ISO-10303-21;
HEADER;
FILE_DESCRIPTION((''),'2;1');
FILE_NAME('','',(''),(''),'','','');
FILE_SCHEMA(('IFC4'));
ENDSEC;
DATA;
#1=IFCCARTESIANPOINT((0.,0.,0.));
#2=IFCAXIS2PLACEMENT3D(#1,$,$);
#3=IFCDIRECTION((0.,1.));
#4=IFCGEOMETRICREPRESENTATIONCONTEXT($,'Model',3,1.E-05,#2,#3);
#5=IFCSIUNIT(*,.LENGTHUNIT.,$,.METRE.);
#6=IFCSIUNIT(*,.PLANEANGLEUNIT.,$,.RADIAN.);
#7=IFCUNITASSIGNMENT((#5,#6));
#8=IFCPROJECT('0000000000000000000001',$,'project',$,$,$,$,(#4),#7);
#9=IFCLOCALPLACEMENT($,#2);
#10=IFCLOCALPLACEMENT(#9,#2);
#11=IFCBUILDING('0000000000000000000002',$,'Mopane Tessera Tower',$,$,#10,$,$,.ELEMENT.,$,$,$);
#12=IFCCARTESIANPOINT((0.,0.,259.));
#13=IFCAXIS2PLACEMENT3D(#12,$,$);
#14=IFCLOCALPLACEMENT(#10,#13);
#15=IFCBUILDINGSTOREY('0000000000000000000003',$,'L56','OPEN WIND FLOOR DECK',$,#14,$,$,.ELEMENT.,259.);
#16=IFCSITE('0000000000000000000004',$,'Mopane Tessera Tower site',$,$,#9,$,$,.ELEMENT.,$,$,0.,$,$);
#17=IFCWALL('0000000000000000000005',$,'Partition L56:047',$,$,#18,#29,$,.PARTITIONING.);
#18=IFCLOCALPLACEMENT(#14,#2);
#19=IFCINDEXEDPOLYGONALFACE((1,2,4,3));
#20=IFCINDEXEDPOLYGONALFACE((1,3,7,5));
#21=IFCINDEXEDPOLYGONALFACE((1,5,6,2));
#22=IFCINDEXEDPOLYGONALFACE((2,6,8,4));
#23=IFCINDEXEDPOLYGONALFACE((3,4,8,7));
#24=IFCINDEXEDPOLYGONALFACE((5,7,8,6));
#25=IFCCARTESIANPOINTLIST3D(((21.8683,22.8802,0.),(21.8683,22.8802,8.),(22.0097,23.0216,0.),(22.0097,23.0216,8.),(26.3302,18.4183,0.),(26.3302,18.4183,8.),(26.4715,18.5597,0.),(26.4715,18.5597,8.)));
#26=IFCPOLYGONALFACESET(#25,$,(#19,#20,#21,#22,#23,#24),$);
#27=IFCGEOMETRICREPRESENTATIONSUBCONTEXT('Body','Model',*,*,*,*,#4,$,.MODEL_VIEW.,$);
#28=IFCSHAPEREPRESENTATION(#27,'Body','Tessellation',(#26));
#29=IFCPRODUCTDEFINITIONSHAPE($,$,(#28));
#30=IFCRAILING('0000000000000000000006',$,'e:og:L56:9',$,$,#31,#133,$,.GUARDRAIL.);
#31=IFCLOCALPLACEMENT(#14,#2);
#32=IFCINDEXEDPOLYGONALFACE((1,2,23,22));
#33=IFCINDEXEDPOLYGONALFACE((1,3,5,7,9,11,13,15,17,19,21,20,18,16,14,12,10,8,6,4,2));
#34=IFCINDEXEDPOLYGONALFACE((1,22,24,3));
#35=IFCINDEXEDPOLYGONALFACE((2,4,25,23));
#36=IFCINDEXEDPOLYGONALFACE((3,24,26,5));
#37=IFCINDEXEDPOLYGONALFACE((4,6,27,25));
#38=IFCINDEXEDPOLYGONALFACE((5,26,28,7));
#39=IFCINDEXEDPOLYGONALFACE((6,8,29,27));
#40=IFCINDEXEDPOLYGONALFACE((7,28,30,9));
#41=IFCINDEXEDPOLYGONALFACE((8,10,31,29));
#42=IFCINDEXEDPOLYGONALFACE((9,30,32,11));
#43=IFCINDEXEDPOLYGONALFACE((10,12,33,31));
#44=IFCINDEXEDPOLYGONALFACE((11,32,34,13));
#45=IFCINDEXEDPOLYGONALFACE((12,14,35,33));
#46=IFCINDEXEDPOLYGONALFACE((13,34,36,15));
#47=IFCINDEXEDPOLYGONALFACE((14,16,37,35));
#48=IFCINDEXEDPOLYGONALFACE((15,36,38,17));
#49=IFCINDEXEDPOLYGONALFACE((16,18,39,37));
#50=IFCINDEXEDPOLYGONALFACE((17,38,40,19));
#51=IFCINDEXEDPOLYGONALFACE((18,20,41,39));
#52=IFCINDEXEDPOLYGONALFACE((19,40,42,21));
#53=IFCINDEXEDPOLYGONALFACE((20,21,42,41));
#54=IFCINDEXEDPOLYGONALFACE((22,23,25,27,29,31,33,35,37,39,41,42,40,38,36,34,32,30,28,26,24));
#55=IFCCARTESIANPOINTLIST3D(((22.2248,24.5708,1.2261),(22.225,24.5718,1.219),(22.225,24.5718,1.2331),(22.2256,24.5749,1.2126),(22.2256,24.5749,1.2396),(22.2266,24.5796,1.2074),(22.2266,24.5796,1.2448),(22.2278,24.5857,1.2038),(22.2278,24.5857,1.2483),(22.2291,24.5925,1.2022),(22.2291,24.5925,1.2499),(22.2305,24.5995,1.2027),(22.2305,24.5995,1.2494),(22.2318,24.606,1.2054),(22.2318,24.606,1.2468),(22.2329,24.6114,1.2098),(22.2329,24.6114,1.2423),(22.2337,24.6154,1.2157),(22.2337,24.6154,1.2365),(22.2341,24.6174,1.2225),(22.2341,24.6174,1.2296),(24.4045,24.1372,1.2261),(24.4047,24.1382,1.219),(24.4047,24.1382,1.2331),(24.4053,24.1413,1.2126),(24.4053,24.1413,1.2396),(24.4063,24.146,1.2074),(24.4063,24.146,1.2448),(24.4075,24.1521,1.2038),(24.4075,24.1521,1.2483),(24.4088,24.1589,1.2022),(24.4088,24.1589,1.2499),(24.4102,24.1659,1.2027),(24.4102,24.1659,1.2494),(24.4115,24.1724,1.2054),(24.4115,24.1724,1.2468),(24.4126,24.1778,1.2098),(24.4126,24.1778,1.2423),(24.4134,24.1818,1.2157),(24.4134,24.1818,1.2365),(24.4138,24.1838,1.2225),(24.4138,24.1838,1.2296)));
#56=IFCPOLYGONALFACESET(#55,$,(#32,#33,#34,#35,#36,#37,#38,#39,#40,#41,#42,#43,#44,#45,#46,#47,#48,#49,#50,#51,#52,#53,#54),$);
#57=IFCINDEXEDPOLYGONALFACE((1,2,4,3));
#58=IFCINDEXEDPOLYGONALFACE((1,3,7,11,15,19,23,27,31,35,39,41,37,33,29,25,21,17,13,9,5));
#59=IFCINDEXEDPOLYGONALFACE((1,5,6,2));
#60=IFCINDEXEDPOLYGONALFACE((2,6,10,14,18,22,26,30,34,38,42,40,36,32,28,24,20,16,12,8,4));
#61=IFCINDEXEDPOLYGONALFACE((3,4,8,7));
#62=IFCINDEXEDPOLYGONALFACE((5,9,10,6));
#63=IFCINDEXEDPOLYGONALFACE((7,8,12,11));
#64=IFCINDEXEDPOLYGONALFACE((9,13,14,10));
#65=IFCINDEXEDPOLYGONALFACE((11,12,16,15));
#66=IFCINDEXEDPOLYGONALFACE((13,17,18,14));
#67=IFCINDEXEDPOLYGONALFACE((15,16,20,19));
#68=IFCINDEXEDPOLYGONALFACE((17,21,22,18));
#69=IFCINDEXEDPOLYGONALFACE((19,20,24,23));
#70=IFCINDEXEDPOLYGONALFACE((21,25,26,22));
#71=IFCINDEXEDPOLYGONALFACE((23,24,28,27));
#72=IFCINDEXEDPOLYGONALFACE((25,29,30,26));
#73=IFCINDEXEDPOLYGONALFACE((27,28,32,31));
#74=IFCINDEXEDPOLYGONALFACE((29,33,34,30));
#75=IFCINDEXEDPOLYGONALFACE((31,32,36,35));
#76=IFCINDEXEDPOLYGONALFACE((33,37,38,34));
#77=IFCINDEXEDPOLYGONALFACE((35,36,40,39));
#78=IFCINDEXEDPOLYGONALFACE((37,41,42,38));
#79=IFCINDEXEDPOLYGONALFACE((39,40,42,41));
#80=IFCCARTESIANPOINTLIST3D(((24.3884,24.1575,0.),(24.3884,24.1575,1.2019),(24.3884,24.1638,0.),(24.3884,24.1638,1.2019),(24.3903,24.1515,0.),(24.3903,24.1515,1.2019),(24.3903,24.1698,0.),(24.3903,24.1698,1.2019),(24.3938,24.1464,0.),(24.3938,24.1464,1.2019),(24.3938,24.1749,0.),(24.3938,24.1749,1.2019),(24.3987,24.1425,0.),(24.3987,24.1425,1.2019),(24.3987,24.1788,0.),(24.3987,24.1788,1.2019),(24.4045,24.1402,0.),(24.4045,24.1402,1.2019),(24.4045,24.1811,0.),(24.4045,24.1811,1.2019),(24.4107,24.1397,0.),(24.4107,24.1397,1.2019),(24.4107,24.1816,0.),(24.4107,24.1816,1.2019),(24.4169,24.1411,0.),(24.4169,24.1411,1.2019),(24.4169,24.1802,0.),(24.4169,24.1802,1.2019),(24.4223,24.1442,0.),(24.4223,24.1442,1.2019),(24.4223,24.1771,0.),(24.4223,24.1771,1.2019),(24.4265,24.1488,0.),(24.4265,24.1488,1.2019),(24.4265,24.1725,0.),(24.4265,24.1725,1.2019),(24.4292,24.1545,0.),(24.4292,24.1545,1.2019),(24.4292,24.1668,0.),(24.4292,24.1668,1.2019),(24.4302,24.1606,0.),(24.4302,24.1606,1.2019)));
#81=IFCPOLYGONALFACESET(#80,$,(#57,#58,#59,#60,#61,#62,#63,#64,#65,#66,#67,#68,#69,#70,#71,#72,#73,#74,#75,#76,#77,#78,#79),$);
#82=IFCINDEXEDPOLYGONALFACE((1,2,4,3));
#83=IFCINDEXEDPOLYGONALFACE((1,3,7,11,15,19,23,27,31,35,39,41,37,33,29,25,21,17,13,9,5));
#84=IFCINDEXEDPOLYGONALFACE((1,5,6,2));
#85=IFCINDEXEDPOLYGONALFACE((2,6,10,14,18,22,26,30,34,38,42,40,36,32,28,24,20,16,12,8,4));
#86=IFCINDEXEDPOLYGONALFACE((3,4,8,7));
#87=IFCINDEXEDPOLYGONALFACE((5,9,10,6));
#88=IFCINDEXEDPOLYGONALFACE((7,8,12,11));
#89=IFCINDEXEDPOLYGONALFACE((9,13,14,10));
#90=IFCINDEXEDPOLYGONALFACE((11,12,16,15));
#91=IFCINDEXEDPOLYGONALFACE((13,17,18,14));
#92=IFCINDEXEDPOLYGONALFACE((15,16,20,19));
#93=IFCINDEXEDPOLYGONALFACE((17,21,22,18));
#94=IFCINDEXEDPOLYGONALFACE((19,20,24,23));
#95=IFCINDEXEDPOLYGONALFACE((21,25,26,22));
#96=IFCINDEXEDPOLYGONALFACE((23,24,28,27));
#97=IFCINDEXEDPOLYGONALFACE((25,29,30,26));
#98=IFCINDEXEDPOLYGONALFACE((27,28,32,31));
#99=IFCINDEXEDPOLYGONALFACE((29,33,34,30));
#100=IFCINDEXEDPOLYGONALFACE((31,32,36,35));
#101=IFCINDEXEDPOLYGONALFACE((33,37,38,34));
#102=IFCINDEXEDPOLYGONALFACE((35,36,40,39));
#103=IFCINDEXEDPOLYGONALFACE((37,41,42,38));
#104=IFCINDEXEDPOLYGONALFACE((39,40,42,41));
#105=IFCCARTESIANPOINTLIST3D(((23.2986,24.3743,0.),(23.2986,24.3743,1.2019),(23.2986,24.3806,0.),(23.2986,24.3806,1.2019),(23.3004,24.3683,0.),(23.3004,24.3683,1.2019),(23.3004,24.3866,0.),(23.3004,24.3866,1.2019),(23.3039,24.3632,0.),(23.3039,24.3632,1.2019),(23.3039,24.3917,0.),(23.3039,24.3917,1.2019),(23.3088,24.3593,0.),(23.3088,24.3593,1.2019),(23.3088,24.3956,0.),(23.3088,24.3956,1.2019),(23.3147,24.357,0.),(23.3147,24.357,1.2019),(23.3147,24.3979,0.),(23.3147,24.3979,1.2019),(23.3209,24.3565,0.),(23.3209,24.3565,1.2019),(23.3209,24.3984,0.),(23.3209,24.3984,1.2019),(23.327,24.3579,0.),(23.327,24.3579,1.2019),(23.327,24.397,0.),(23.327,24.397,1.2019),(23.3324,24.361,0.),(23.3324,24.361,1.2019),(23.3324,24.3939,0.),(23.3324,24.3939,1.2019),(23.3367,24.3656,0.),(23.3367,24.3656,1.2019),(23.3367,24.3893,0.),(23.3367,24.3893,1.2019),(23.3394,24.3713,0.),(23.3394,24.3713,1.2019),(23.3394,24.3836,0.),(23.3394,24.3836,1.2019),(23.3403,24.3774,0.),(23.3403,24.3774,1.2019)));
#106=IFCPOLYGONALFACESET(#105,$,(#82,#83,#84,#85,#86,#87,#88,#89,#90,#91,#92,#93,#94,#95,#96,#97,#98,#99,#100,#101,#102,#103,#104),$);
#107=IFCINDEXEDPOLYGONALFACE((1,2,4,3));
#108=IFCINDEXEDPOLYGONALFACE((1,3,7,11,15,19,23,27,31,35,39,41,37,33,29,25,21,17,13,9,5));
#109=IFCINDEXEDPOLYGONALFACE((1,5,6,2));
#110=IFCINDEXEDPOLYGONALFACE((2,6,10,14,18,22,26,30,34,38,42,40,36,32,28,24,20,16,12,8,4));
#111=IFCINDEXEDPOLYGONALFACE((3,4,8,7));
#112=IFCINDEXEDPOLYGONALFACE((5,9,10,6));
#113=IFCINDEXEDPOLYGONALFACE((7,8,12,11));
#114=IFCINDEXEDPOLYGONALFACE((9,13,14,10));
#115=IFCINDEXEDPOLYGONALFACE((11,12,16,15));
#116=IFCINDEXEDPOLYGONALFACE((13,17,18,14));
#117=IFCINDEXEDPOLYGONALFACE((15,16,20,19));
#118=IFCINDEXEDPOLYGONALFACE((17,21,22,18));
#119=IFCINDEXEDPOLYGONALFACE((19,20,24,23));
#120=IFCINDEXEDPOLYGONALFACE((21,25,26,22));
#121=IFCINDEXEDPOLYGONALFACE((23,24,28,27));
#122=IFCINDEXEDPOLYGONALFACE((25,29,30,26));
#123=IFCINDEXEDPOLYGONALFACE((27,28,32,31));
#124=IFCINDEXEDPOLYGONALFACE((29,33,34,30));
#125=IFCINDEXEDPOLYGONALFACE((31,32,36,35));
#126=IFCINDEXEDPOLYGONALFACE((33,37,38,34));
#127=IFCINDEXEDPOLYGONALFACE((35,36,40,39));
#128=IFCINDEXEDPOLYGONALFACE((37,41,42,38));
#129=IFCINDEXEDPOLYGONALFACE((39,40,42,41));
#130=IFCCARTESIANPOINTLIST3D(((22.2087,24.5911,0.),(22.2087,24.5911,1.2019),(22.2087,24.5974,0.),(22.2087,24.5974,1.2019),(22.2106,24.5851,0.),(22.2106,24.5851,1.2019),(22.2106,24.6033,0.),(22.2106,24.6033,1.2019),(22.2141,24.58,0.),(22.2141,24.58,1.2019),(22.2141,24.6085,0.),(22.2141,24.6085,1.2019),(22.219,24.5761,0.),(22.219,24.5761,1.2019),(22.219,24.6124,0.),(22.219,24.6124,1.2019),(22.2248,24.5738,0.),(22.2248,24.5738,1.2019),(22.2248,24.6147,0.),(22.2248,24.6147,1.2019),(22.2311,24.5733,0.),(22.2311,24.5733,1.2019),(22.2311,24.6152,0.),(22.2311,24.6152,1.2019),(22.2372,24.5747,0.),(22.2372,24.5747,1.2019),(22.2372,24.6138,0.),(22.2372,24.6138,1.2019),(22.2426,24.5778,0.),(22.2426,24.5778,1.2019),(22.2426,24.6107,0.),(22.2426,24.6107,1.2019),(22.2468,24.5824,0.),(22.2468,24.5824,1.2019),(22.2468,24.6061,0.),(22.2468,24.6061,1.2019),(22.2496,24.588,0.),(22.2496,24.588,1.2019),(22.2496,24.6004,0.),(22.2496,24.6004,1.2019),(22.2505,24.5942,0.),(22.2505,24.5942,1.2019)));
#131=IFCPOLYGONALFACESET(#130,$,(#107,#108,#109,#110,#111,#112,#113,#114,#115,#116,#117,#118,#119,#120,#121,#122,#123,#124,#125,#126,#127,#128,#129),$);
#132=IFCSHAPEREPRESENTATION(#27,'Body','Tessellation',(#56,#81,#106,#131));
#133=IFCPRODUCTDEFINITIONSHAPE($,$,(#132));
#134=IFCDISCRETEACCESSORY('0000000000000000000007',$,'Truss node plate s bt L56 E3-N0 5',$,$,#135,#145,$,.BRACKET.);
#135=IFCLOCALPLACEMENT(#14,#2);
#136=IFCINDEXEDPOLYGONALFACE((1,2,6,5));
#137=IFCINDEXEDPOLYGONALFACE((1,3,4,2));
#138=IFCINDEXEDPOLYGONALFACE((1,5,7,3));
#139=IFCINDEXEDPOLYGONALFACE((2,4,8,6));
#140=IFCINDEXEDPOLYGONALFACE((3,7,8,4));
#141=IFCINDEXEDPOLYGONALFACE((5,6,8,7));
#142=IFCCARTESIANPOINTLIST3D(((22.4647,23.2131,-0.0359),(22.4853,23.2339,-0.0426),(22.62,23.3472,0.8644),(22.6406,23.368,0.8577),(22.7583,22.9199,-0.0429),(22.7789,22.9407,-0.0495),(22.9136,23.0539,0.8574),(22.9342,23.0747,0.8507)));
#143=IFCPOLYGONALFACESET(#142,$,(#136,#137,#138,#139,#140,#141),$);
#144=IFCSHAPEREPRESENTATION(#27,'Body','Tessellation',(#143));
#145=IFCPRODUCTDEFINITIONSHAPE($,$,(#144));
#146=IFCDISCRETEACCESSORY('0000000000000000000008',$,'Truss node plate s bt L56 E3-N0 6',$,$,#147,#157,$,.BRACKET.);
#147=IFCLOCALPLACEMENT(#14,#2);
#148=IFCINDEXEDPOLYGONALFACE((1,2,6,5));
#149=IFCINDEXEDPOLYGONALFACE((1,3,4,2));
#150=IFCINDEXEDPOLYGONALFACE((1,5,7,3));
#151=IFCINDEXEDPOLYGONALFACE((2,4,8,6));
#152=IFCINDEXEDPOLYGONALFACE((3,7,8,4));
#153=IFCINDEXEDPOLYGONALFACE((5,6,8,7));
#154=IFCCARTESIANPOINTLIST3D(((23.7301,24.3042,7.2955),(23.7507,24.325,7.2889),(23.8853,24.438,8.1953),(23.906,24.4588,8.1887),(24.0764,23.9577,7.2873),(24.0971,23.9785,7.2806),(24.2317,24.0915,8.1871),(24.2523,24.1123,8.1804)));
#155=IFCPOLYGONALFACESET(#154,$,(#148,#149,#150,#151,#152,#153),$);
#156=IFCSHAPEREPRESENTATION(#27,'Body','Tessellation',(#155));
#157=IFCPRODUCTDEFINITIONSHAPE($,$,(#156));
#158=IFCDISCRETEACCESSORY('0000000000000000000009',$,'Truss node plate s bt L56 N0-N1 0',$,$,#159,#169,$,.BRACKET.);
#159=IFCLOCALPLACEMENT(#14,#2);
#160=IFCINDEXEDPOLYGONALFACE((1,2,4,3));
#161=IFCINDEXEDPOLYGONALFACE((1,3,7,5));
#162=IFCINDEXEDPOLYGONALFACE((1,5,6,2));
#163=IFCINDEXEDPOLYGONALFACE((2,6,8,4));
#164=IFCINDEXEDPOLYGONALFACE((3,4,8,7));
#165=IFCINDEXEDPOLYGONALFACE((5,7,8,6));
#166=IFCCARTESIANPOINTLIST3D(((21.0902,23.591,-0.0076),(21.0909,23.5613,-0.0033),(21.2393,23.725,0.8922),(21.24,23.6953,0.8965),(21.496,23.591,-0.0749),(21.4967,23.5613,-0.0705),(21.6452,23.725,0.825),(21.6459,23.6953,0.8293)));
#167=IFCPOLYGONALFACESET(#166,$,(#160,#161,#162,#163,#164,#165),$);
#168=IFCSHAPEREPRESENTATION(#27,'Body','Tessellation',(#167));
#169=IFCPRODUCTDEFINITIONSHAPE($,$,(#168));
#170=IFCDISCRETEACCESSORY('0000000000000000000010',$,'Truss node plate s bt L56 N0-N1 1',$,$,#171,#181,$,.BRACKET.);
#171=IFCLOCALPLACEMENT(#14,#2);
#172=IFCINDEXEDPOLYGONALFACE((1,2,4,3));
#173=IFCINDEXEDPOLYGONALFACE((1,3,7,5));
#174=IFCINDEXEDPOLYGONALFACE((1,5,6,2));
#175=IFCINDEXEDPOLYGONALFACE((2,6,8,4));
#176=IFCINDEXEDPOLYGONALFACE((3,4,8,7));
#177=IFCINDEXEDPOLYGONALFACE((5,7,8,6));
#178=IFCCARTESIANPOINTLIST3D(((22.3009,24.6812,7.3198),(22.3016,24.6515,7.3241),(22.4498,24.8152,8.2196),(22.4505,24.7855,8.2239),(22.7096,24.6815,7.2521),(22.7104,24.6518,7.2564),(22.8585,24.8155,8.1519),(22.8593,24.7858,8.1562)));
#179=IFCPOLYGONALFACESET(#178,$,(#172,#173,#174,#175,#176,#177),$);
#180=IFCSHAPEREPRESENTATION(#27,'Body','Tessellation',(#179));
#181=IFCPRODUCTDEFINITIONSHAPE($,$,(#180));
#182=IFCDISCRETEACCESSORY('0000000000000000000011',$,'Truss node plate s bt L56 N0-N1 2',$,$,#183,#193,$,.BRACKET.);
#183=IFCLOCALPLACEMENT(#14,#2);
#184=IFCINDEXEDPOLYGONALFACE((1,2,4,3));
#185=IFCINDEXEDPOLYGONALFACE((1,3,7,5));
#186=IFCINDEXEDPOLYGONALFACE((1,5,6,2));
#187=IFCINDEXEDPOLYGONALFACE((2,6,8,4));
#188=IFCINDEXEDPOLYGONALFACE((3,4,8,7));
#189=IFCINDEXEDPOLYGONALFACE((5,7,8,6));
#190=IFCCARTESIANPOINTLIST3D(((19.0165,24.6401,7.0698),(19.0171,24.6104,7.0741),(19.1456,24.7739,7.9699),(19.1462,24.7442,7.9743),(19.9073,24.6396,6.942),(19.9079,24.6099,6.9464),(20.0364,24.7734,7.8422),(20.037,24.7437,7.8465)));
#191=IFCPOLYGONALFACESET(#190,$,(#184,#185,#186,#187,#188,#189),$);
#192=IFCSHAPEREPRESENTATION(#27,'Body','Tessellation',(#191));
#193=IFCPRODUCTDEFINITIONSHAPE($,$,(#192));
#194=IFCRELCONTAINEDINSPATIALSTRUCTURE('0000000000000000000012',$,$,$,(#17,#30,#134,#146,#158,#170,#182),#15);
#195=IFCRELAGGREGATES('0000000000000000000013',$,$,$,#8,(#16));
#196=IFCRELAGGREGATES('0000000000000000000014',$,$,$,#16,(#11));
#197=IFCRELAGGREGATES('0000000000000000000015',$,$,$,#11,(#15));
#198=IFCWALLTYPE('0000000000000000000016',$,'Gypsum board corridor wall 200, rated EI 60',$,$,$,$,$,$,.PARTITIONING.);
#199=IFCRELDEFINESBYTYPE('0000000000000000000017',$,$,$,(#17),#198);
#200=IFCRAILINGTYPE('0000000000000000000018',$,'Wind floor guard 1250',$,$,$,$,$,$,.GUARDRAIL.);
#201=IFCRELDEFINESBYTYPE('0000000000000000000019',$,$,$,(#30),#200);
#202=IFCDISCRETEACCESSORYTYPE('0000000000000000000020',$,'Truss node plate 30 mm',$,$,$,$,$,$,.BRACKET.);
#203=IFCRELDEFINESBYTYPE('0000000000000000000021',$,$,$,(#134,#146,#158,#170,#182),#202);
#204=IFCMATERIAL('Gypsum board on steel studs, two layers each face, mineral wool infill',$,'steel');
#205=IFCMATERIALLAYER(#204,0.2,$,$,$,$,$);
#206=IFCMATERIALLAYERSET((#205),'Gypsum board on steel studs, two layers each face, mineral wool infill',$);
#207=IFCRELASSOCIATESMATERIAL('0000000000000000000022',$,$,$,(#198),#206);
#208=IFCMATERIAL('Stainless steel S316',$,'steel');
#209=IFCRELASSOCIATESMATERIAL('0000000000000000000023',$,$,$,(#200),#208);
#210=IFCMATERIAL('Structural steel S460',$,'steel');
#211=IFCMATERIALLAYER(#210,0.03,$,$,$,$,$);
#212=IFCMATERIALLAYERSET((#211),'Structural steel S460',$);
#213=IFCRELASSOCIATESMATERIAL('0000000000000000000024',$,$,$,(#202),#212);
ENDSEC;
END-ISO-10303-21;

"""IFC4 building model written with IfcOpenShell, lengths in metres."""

from ifc_helpers import new_model, si_unit, direction, frame, frame_2d, origin, origin_2d, place, context, subcontext, project, spatial, rectangle, circle, extrude, material, layer, layer_set, type_object, element, save


model = new_model("IFC4")

# Units and contexts
model_context = context("Model", 3, precision=1e-05, world=origin(), true_north=direction((0.0, 1.0)))
body_context = subcontext(model_context, "Body", "Model", "MODEL_VIEW")
ifc_project = project(units=[si_unit("LENGTHUNIT", "METRE"), si_unit("PLANEANGLEUNIT", "RADIAN")], contexts=[model_context])

# Site, building, storey
site_placement = place(None, origin())
site = spatial("IfcSite", under=ifc_project, at=site_placement, Name="Mopane Tessera Tower site", CompositionType="ELEMENT", RefElevation=0.0)
building_placement = place(site_placement, origin())
building = spatial("IfcBuilding", under=site, at=building_placement, Name="Mopane Tessera Tower", CompositionType="ELEMENT")
storey_placement = place(building_placement, frame((0.0, 0.0, 259.0)))
storey = spatial("IfcBuildingStorey", under=building, at=storey_placement, Name="L56", Description="OPEN WIND FLOOR DECK", CompositionType="ELEMENT", Elevation=259.0)

# Wall
ifc_material_1 = material(Name="Gypsum board on steel studs, two layers each face, mineral wool infill", Category="steel")
ifc_layer_1 = layer(ifc_material_1, 0.2)
ifc_layer_set_1 = layer_set([ifc_layer_1], Name="Gypsum board on steel studs, two layers each face, mineral wool infill")
wall_type = type_object("IfcWallType", Name="Gypsum board corridor wall 200, rated EI 60", PredefinedType="PARTITIONING", material=ifc_layer_set_1)
wall_placement = place(storey_placement, frame((21.939, 22.9509, 0.0), z_axis=(0.0, 0.0, 1.0), x_axis=(0.707107, -0.707107, 0.0)))
element("IfcWall", 1, at=wall_placement, inside=storey, type_object=wall_type, Name="Partition L56:047", PredefinedType="PARTITIONING", context=body_context, shape_type="SweptSolid", body=[
    extrude(rectangle(XDim=6.3101, YDim=0.2, at=frame_2d((3.155, 0.0))), origin(), (0.0, 0.0, 1.0), 8.0),
])

# Railing
ifc_material_2 = material(Name="Stainless steel S316", Category="steel")
railing_type = type_object("IfcRailingType", Name="Wind floor guard 1250", PredefinedType="GUARDRAIL", material=ifc_material_2)
railing_1_placement = place(storey_placement, frame((24.4092, 24.1606, 0.0)))
element("IfcRailing", 2, at=railing_1_placement, inside=storey, type_object=railing_type, Name="e:og:L56:9", PredefinedType="GUARDRAIL", context=body_context, shape_type="SweptSolid", body=[
    extrude(circle(Radius=0.0239, at=origin_2d()), frame((0.0, 0.0, 1.2261), z_axis=(-0.980783, 0.195102, 0.0), x_axis=(-0.195102, -0.980783, 0.0)), (0.0, 0.0, 1.0), 2.2224),
    extrude(circle(Radius=0.021, at=origin_2d()), origin(), (0.0, 0.0, 1.0), 1.2019),
    extrude(circle(Radius=0.021, at=origin_2d()), frame((-1.0898, 0.2168, 0.0)), (0.0, 0.0, 1.0), 1.2019),
    extrude(circle(Radius=0.021, at=origin_2d()), frame((-2.1797, 0.4336, 0.0)), (0.0, 0.0, 1.0), 1.2019),
])

# Discrete accessories
ifc_material_3 = material(Name="Structural steel S460", Category="steel")
ifc_layer_2 = layer(ifc_material_3, 0.03)
ifc_layer_set_2 = layer_set([ifc_layer_2], Name="Structural steel S460")
discrete_accessory_type = type_object("IfcDiscreteAccessoryType", Name="Truss node plate 30 mm", PredefinedType="BRACKET", material=ifc_layer_set_2)
discrete_accessory_1_placement = place(storey_placement, frame((22.6218, 23.0769, -0.0427), z_axis=(0.168186, 0.14518, 0.975006), x_axis=(-0.686454, -0.692604, 0.221542)))
element("IfcDiscreteAccessory", 3, at=discrete_accessory_1_placement, inside=storey, type_object=discrete_accessory_type, Name="Truss node plate s bt L56 E3-N0 5", PredefinedType="BRACKET", context=body_context, shape_type="SweptSolid", body=[
    extrude(rectangle(XDim=0.03, YDim=0.415, at=origin_2d()), origin(), (0.0, 0.0, 1.0), 0.9233),
])
discrete_accessory_2_placement = place(storey_placement, frame((23.9136, 24.1414, 7.2881), z_axis=(0.168236, 0.144958, 0.97503), x_axis=(-0.687096, -0.692001, 0.221435)))
element("IfcDiscreteAccessory", 4, at=discrete_accessory_2_placement, inside=storey, type_object=discrete_accessory_type, Name="Truss node plate s bt L56 E3-N0 6", PredefinedType="BRACKET", context=body_context, shape_type="SweptSolid", body=[
    extrude(rectangle(XDim=0.03, YDim=0.49, at=origin_2d()), origin(), (0.0, 0.0, 1.0), 0.9229),
])
discrete_accessory_3_placement = place(storey_placement, frame((21.2935, 23.5762, -0.0391), z_axis=(0.161794, 0.145376, 0.976058), x_axis=(0.023753, -0.989376, 0.143422)))
element("IfcDiscreteAccessory", 5, at=discrete_accessory_3_placement, inside=storey, type_object=discrete_accessory_type, Name="Truss node plate s bt L56 N0-N1 0", PredefinedType="BRACKET", context=body_context, shape_type="SweptSolid", body=[
    extrude(rectangle(XDim=0.03, YDim=0.4114, at=origin_2d()), origin(), (0.0, 0.0, 1.0), 0.9219),
])
discrete_accessory_4_placement = place(storey_placement, frame((22.5056, 24.6665, 7.2881), z_axis=(0.161536, 0.145382, 0.9761), x_axis=(0.024505, -0.989375, 0.143304)))
element("IfcDiscreteAccessory", 6, at=discrete_accessory_4_placement, inside=storey, type_object=discrete_accessory_type, Name="Truss node plate s bt L56 N0-N1 1", PredefinedType="BRACKET", context=body_context, shape_type="SweptSolid", body=[
    extrude(rectangle(XDim=0.03, YDim=0.4143, at=origin_2d()), origin(), (0.0, 0.0, 1.0), 0.9219),
])
discrete_accessory_5_placement = place(storey_placement, frame((19.4622, 24.625, 7.0081), z_axis=(0.14051, 0.145557, 0.979321), x_axis=(0.020171, -0.98935, 0.144153)))
element("IfcDiscreteAccessory", 7, at=discrete_accessory_5_placement, inside=storey, type_object=discrete_accessory_type, Name="Truss node plate s bt L56 N0-N1 2", PredefinedType="BRACKET", context=body_context, shape_type="SweptSolid", body=[
    extrude(rectangle(XDim=0.03, YDim=0.8999, at=origin_2d()), origin(), (0.0, 0.0, 1.0), 0.9192),
])

save(model, "model.ifc")
